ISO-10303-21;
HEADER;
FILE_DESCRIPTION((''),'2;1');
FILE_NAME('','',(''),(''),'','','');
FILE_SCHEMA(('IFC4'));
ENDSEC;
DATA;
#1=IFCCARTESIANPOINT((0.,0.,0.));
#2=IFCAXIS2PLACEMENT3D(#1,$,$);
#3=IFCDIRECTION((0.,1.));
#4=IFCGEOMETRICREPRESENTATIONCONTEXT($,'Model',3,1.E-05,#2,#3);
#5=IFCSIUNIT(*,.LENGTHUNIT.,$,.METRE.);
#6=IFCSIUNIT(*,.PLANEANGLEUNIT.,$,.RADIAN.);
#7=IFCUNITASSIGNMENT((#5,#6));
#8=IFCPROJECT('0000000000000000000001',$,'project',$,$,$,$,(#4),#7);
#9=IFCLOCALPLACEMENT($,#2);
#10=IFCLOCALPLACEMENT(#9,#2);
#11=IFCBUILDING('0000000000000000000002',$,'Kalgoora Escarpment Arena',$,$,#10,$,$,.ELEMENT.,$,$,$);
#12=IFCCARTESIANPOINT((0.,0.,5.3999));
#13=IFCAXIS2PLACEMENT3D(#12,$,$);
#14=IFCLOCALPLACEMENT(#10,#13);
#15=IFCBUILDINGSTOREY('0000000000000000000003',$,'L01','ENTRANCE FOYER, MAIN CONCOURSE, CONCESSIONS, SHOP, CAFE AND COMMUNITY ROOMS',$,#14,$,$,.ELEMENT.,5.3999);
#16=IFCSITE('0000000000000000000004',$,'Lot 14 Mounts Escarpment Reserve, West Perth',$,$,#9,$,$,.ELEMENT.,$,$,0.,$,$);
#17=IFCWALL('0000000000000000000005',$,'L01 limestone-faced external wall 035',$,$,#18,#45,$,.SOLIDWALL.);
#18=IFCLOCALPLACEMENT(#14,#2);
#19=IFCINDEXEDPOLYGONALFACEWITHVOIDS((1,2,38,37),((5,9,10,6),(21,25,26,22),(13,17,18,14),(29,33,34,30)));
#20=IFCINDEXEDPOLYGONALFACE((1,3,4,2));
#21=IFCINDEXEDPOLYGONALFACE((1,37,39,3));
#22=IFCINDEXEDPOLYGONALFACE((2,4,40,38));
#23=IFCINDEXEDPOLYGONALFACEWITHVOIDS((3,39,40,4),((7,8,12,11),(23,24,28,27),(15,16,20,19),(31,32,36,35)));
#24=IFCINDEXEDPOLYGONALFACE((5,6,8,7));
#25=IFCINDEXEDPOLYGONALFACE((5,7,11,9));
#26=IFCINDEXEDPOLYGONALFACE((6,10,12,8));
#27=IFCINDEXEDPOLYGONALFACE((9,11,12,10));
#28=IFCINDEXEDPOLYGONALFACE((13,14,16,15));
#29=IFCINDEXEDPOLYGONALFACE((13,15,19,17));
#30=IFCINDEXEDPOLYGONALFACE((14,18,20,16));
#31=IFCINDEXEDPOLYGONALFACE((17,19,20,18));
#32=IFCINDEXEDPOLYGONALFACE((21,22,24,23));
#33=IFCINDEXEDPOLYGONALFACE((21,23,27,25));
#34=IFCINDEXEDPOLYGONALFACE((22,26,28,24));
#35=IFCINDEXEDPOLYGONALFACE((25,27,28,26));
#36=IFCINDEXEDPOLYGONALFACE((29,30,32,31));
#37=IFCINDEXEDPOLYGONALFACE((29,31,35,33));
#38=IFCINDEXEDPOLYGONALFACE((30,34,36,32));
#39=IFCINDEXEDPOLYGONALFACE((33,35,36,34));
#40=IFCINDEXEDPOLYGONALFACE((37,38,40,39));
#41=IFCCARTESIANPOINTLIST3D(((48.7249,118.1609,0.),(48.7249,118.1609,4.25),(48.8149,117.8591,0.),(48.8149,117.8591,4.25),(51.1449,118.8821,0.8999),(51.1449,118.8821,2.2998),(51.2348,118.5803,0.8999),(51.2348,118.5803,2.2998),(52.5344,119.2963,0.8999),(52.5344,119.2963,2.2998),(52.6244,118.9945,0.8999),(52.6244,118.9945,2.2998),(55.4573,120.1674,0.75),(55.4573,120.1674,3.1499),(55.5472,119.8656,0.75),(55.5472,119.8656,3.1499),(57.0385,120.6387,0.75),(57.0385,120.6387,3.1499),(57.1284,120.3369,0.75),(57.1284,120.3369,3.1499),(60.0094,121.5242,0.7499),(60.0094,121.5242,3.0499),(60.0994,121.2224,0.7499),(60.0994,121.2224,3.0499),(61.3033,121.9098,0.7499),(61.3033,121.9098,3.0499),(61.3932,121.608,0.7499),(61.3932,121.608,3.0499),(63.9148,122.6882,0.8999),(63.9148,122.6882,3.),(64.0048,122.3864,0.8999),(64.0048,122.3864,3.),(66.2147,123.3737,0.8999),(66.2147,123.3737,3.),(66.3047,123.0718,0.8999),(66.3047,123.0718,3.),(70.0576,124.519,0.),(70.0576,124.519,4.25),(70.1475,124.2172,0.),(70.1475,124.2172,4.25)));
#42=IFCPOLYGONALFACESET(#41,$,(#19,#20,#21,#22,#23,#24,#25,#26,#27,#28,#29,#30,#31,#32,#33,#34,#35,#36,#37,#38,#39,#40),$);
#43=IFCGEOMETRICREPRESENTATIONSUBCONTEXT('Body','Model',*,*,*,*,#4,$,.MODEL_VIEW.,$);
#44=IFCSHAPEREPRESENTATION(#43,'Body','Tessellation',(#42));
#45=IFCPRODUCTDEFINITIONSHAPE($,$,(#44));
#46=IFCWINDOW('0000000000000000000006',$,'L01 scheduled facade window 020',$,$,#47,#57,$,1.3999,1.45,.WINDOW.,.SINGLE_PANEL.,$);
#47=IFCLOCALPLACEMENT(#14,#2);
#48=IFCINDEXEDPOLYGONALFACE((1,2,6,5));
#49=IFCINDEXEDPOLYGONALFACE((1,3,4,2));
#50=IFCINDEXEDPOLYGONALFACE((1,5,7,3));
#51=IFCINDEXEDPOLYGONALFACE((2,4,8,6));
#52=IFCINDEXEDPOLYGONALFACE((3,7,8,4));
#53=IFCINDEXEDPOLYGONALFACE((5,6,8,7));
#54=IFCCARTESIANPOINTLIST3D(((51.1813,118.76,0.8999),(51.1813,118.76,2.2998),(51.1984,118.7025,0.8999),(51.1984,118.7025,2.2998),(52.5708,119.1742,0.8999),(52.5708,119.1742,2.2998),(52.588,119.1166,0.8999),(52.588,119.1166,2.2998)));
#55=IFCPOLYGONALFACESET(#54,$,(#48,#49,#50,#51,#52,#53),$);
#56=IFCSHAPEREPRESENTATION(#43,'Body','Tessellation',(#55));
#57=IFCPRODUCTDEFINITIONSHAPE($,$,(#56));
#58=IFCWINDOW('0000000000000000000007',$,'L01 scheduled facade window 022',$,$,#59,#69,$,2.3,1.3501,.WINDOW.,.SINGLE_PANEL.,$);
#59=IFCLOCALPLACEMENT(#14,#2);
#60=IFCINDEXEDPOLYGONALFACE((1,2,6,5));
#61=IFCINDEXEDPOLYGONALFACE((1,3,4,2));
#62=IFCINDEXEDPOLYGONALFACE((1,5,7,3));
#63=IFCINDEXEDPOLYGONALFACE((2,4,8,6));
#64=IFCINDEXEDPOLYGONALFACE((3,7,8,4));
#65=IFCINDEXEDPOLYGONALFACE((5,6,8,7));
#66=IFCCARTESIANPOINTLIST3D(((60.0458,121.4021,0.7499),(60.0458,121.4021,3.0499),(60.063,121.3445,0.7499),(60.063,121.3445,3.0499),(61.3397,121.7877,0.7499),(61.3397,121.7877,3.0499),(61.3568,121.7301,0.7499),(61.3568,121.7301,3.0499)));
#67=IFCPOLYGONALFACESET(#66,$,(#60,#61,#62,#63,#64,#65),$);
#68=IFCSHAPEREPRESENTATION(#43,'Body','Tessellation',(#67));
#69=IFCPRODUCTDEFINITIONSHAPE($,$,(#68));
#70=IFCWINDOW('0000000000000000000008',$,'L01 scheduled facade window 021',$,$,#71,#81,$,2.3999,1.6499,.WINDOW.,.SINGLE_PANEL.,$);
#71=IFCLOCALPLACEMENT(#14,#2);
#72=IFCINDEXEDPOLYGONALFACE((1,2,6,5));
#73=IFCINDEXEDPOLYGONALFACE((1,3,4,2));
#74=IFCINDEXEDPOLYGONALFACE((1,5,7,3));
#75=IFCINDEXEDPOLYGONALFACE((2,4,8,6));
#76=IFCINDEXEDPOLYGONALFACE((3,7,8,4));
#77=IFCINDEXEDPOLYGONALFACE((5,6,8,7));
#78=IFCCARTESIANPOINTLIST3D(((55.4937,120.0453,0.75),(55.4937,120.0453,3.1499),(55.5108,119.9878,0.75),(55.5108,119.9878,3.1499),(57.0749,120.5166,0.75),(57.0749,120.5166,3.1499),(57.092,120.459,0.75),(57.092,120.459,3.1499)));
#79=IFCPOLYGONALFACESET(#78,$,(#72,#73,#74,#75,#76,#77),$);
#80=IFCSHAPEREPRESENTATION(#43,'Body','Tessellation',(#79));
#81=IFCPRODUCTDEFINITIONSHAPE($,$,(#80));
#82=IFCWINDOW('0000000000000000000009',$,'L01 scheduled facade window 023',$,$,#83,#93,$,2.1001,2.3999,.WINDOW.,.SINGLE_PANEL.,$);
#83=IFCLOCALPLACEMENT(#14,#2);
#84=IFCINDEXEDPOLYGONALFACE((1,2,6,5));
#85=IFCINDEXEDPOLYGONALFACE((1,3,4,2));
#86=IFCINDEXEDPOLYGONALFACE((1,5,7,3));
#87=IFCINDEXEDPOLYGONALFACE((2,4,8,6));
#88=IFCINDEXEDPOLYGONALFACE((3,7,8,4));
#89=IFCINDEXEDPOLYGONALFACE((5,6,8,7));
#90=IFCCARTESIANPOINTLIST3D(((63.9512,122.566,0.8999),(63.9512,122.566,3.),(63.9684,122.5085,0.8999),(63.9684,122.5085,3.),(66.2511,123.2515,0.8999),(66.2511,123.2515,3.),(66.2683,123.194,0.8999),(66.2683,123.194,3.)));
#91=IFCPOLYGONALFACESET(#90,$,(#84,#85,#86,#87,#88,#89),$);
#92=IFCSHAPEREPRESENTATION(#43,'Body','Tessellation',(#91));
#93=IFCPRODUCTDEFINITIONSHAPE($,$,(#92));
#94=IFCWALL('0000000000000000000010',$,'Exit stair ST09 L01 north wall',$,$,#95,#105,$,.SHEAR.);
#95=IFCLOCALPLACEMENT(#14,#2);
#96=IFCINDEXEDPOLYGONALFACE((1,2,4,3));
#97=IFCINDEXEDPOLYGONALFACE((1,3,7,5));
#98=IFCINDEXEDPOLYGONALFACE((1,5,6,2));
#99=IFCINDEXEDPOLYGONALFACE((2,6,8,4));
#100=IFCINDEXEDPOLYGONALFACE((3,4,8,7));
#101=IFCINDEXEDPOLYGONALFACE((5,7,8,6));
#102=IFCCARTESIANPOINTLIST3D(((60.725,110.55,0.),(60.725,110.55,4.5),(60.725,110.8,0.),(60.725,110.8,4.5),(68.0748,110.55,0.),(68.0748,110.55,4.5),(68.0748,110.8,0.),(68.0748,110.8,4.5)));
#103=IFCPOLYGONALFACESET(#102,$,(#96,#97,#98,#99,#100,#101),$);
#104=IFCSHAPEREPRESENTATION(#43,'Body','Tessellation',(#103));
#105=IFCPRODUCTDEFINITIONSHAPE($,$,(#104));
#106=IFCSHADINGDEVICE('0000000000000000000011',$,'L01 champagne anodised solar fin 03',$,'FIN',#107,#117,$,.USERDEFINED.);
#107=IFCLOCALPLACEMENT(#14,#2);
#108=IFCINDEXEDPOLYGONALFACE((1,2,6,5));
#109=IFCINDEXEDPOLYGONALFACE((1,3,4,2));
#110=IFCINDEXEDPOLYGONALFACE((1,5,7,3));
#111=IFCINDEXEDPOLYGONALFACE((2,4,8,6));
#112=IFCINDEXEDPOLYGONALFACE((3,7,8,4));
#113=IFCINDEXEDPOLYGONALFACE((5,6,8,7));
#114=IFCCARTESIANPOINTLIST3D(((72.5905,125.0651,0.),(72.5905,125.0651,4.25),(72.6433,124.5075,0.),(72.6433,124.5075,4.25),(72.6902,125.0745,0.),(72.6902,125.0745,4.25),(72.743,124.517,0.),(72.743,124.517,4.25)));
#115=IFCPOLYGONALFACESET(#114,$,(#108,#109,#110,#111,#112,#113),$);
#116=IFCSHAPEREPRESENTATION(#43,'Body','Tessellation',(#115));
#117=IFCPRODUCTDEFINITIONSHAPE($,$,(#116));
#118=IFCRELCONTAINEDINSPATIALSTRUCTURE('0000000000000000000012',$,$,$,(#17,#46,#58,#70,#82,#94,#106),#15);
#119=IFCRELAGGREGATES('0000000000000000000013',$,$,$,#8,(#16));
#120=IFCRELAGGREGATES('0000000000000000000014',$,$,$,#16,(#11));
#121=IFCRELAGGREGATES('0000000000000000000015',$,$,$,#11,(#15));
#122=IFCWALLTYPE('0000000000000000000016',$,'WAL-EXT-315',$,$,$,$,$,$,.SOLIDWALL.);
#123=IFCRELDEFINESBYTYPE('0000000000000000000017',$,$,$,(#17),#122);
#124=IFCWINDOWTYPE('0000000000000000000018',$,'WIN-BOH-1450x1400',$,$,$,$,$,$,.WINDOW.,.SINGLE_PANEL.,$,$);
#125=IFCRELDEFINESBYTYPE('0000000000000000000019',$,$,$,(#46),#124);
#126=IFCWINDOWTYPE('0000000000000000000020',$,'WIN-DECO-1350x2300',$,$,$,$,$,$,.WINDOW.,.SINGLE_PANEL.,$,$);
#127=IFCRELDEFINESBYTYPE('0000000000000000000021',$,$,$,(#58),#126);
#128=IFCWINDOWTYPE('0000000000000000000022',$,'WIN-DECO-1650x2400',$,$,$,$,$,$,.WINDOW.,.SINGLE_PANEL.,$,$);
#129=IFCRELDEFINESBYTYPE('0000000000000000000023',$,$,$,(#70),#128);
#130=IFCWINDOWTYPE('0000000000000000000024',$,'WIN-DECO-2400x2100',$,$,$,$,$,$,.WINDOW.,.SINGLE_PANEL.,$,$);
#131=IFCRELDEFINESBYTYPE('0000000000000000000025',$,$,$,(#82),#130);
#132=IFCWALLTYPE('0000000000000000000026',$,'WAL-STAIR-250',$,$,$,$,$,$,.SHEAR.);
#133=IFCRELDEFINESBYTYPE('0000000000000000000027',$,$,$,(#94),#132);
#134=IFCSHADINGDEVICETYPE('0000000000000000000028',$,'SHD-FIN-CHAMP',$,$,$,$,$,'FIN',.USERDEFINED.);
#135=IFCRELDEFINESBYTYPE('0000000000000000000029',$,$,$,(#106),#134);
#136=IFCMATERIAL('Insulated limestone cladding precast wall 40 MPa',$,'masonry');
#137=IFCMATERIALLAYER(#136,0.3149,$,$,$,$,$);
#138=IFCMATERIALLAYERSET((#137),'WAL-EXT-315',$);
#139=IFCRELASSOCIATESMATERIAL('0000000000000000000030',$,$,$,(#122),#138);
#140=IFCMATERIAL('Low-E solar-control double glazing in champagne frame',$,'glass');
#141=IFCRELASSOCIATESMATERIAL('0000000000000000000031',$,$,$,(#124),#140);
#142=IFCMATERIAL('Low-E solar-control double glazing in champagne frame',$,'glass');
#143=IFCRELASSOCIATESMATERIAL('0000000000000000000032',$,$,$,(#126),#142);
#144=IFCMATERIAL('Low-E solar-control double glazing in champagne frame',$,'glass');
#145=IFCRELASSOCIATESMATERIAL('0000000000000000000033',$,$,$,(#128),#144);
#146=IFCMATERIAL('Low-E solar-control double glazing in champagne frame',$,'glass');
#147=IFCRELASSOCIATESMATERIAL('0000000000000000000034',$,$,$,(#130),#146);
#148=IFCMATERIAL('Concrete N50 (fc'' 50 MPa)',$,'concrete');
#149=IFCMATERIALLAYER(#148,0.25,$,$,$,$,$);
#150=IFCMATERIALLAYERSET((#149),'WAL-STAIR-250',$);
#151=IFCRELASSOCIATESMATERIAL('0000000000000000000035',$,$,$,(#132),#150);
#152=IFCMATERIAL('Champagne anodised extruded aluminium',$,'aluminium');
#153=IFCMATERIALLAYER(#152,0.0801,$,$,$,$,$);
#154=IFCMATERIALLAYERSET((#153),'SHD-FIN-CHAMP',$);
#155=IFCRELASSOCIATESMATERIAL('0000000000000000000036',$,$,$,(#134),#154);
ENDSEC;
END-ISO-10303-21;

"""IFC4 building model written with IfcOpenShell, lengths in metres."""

from ifc_helpers import new_model, si_unit, direction, frame, frame_2d, origin, origin_2d, place, context, subcontext, project, spatial, rectangle, extrude, material, layer, layer_set, type_object, element, fill, save


model = new_model("IFC4")

# Units and contexts
model_context = context("Model", 3, precision=1e-05, world=origin(), true_north=direction((0.0, 1.0)))
body_context = subcontext(model_context, "Body", "Model", "MODEL_VIEW")
ifc_project = project(units=[si_unit("LENGTHUNIT", "METRE"), si_unit("PLANEANGLEUNIT", "RADIAN")], contexts=[model_context])

# Site, building, storey
site_placement = place(None, origin())
site = spatial("IfcSite", under=ifc_project, at=site_placement, Name="Lot 14 Mounts Escarpment Reserve, West Perth", CompositionType="ELEMENT", RefElevation=0.0)
building_placement = place(site_placement, origin())
building = spatial("IfcBuilding", under=site, at=building_placement, Name="Kalgoora Escarpment Arena", CompositionType="ELEMENT")
storey_placement = place(building_placement, frame((0.0, 0.0, 5.3999)))
storey = spatial("IfcBuildingStorey", under=building, at=storey_placement, Name="L01", Description="ENTRANCE FOYER, MAIN CONCOURSE, CONCESSIONS, SHOP, CAFE AND COMMUNITY ROOMS", CompositionType="ELEMENT", Elevation=5.3999)

# Wall, openings, windows
ifc_material_1 = material(Name="Insulated limestone cladding precast wall 40 MPa", Category="masonry")
ifc_layer_1 = layer(ifc_material_1, 0.3149)
ifc_layer_set_1 = layer_set([ifc_layer_1], Name="WAL-EXT-315")
wall_type_1 = type_object("IfcWallType", Name="WAL-EXT-315", PredefinedType="SOLIDWALL", material=ifc_layer_set_1)
wall_1_placement = place(storey_placement, frame((48.77, 118.01, 0.0), z_axis=(0.0, 0.0, 1.0), x_axis=(0.95834, 0.28563, 0.0)))
wall_1 = element("IfcWall", 1, at=wall_1_placement, inside=storey, type_object=wall_type_1, Name="L01 limestone-faced external wall 035", PredefinedType="SOLIDWALL", context=body_context, shape_type="SweptSolid", body=[
    extrude(rectangle(XDim=22.26, YDim=0.3149, at=frame_2d((11.1299, 0.0))), origin(), (0.0, 0.0, 1.0), 4.25),
])
opening_1_placement = place(wall_1_placement, frame((2.5249, 0.0, 0.8999)))
opening_1 = element("IfcOpeningElement", 2, at=opening_1_placement, cuts=wall_1, PredefinedType="OPENING", context=body_context, shape_type="SweptSolid", body=[
    extrude(rectangle(XDim=1.45, YDim=1.3999, at=frame_2d((0.7251, 0.7))), frame((0.0, 0.1675, 0.0), z_axis=(0.0, -1.0, 0.0), x_axis=(1.0, 0.0, 0.0)), (0.0, 0.0, 1.0), 0.335),
])
opening_2_placement = place(wall_1_placement, frame((7.0249, 0.0, 0.75)))
opening_2 = element("IfcOpeningElement", 3, at=opening_2_placement, cuts=wall_1, PredefinedType="OPENING", context=body_context, shape_type="SweptSolid", body=[
    extrude(rectangle(XDim=1.6499, YDim=2.3999, at=frame_2d((0.825, 1.2))), frame((0.0, 0.1675, 0.0), z_axis=(0.0, -1.0, 0.0), x_axis=(1.0, 0.0, 0.0)), (0.0, 0.0, 1.0), 0.335),
])
opening_3_placement = place(wall_1_placement, frame((11.7749, 0.0, 0.75)))
opening_3 = element("IfcOpeningElement", 4, at=opening_3_placement, cuts=wall_1, PredefinedType="OPENING", context=body_context, shape_type="SweptSolid", body=[
    extrude(rectangle(XDim=1.3501, YDim=2.3, at=frame_2d((0.675, 1.1499))), frame((0.0, 0.1675, 0.0), z_axis=(0.0, -1.0, 0.0), x_axis=(1.0, 0.0, 0.0)), (0.0, 0.0, 1.0), 0.335),
])
opening_4_placement = place(wall_1_placement, frame((15.8501, 0.0, 0.8999)))
opening_4 = element("IfcOpeningElement", 5, at=opening_4_placement, cuts=wall_1, PredefinedType="OPENING", context=body_context, shape_type="SweptSolid", body=[
    extrude(rectangle(XDim=2.3999, YDim=2.1001, at=frame_2d((1.2, 1.05))), frame((0.0, 0.1675, 0.0), z_axis=(0.0, -1.0, 0.0), x_axis=(1.0, 0.0, 0.0)), (0.0, 0.0, 1.0), 0.335),
])
ifc_material_2 = material(Name="Low-E solar-control double glazing in champagne frame", Category="glass")
window_type_1 = type_object("IfcWindowType", Name="WIN-BOH-1450x1400", PartitioningType="SINGLE_PANEL", PredefinedType="WINDOW", material=ifc_material_2)
window_1_placement = place(opening_1_placement, origin())
window_1 = element("IfcWindow", 6, at=window_1_placement, inside=storey, type_object=window_type_1, Name="L01 scheduled facade window 020", OverallHeight=1.3999, OverallWidth=1.45, PartitioningType="SINGLE_PANEL", PredefinedType="WINDOW", context=body_context, shape_type="SweptSolid", body=[
    extrude(rectangle(XDim=1.45, YDim=1.3999, at=frame_2d((0.7251, 0.7))), frame((0.0, 0.03, 0.0), z_axis=(0.0, -1.0, 0.0), x_axis=(1.0, 0.0, 0.0)), (0.0, 0.0, 1.0), 0.0601),
])
fill(opening_1, window_1)
ifc_material_3 = material(Name="Low-E solar-control double glazing in champagne frame", Category="glass")
window_type_2 = type_object("IfcWindowType", Name="WIN-DECO-1350x2300", PartitioningType="SINGLE_PANEL", PredefinedType="WINDOW", material=ifc_material_3)
window_2_placement = place(opening_3_placement, origin())
window_2 = element("IfcWindow", 7, at=window_2_placement, inside=storey, type_object=window_type_2, Name="L01 scheduled facade window 022", OverallHeight=2.3, OverallWidth=1.3501, PartitioningType="SINGLE_PANEL", PredefinedType="WINDOW", context=body_context, shape_type="SweptSolid", body=[
    extrude(rectangle(XDim=1.3501, YDim=2.3, at=frame_2d((0.675, 1.1499))), frame((0.0, 0.03, 0.0), z_axis=(0.0, -1.0, 0.0), x_axis=(1.0, 0.0, 0.0)), (0.0, 0.0, 1.0), 0.0601),
])
fill(opening_3, window_2)
ifc_material_4 = material(Name="Low-E solar-control double glazing in champagne frame", Category="glass")
window_type_3 = type_object("IfcWindowType", Name="WIN-DECO-1650x2400", PartitioningType="SINGLE_PANEL", PredefinedType="WINDOW", material=ifc_material_4)
window_3_placement = place(opening_2_placement, origin())
window_3 = element("IfcWindow", 8, at=window_3_placement, inside=storey, type_object=window_type_3, Name="L01 scheduled facade window 021", OverallHeight=2.3999, OverallWidth=1.6499, PartitioningType="SINGLE_PANEL", PredefinedType="WINDOW", context=body_context, shape_type="SweptSolid", body=[
    extrude(rectangle(XDim=1.6499, YDim=2.3999, at=frame_2d((0.825, 1.2))), frame((0.0, 0.03, 0.0), z_axis=(0.0, -1.0, 0.0), x_axis=(1.0, 0.0, 0.0)), (0.0, 0.0, 1.0), 0.0601),
])
fill(opening_2, window_3)
ifc_material_5 = material(Name="Low-E solar-control double glazing in champagne frame", Category="glass")
window_type_4 = type_object("IfcWindowType", Name="WIN-DECO-2400x2100", PartitioningType="SINGLE_PANEL", PredefinedType="WINDOW", material=ifc_material_5)
window_4_placement = place(opening_4_placement, origin())
window_4 = element("IfcWindow", 9, at=window_4_placement, inside=storey, type_object=window_type_4, Name="L01 scheduled facade window 023", OverallHeight=2.1001, OverallWidth=2.3999, PartitioningType="SINGLE_PANEL", PredefinedType="WINDOW", context=body_context, shape_type="SweptSolid", body=[
    extrude(rectangle(XDim=2.3999, YDim=2.1001, at=frame_2d((1.2, 1.05))), frame((0.0, 0.03, 0.0), z_axis=(0.0, -1.0, 0.0), x_axis=(1.0, 0.0, 0.0)), (0.0, 0.0, 1.0), 0.0601),
])
fill(opening_4, window_4)

# Wall
ifc_material_6 = material(Name="Concrete N50 (fc' 50 MPa)", Category="concrete")
ifc_layer_2 = layer(ifc_material_6, 0.25)
ifc_layer_set_2 = layer_set([ifc_layer_2], Name="WAL-STAIR-250")
wall_type_2 = type_object("IfcWallType", Name="WAL-STAIR-250", PredefinedType="SHEAR", material=ifc_layer_set_2)
wall_2_placement = place(storey_placement, frame((60.7251, 110.675, 0.0), z_axis=(0.0, 0.0, 1.0), x_axis=(1.0, 0.0, 0.0)))
element("IfcWall", 10, at=wall_2_placement, inside=storey, type_object=wall_type_2, Name="Exit stair ST09 L01 north wall", PredefinedType="SHEAR", context=body_context, shape_type="SweptSolid", body=[
    extrude(rectangle(XDim=7.3499, YDim=0.25, at=frame_2d((3.6748, 0.0))), origin(), (0.0, 0.0, 1.0), 4.5),
])

# Shading device
ifc_material_7 = material(Name="Champagne anodised extruded aluminium", Category="aluminium")
ifc_layer_3 = layer(ifc_material_7, 0.0801)
ifc_layer_set_3 = layer_set([ifc_layer_3], Name="SHD-FIN-CHAMP")
shading_device_type = type_object("IfcShadingDeviceType", Name="SHD-FIN-CHAMP", ElementType="FIN", PredefinedType="USERDEFINED", material=ifc_layer_set_3)
shading_device_placement = place(storey_placement, frame((72.6667, 124.791, 0.0), z_axis=(0.0, 0.0, 1.0), x_axis=(-0.094282, 0.995546, 0.0)))
element("IfcShadingDevice", 11, at=shading_device_placement, inside=storey, type_object=shading_device_type, Name="L01 champagne anodised solar fin 03", ObjectType="FIN", PredefinedType="USERDEFINED", context=body_context, shape_type="SweptSolid", body=[
    extrude(rectangle(XDim=0.5601, YDim=0.1001, at=origin_2d()), origin(), (0.0, 0.0, 1.0), 4.25),
])

save(model, "model.ifc")
